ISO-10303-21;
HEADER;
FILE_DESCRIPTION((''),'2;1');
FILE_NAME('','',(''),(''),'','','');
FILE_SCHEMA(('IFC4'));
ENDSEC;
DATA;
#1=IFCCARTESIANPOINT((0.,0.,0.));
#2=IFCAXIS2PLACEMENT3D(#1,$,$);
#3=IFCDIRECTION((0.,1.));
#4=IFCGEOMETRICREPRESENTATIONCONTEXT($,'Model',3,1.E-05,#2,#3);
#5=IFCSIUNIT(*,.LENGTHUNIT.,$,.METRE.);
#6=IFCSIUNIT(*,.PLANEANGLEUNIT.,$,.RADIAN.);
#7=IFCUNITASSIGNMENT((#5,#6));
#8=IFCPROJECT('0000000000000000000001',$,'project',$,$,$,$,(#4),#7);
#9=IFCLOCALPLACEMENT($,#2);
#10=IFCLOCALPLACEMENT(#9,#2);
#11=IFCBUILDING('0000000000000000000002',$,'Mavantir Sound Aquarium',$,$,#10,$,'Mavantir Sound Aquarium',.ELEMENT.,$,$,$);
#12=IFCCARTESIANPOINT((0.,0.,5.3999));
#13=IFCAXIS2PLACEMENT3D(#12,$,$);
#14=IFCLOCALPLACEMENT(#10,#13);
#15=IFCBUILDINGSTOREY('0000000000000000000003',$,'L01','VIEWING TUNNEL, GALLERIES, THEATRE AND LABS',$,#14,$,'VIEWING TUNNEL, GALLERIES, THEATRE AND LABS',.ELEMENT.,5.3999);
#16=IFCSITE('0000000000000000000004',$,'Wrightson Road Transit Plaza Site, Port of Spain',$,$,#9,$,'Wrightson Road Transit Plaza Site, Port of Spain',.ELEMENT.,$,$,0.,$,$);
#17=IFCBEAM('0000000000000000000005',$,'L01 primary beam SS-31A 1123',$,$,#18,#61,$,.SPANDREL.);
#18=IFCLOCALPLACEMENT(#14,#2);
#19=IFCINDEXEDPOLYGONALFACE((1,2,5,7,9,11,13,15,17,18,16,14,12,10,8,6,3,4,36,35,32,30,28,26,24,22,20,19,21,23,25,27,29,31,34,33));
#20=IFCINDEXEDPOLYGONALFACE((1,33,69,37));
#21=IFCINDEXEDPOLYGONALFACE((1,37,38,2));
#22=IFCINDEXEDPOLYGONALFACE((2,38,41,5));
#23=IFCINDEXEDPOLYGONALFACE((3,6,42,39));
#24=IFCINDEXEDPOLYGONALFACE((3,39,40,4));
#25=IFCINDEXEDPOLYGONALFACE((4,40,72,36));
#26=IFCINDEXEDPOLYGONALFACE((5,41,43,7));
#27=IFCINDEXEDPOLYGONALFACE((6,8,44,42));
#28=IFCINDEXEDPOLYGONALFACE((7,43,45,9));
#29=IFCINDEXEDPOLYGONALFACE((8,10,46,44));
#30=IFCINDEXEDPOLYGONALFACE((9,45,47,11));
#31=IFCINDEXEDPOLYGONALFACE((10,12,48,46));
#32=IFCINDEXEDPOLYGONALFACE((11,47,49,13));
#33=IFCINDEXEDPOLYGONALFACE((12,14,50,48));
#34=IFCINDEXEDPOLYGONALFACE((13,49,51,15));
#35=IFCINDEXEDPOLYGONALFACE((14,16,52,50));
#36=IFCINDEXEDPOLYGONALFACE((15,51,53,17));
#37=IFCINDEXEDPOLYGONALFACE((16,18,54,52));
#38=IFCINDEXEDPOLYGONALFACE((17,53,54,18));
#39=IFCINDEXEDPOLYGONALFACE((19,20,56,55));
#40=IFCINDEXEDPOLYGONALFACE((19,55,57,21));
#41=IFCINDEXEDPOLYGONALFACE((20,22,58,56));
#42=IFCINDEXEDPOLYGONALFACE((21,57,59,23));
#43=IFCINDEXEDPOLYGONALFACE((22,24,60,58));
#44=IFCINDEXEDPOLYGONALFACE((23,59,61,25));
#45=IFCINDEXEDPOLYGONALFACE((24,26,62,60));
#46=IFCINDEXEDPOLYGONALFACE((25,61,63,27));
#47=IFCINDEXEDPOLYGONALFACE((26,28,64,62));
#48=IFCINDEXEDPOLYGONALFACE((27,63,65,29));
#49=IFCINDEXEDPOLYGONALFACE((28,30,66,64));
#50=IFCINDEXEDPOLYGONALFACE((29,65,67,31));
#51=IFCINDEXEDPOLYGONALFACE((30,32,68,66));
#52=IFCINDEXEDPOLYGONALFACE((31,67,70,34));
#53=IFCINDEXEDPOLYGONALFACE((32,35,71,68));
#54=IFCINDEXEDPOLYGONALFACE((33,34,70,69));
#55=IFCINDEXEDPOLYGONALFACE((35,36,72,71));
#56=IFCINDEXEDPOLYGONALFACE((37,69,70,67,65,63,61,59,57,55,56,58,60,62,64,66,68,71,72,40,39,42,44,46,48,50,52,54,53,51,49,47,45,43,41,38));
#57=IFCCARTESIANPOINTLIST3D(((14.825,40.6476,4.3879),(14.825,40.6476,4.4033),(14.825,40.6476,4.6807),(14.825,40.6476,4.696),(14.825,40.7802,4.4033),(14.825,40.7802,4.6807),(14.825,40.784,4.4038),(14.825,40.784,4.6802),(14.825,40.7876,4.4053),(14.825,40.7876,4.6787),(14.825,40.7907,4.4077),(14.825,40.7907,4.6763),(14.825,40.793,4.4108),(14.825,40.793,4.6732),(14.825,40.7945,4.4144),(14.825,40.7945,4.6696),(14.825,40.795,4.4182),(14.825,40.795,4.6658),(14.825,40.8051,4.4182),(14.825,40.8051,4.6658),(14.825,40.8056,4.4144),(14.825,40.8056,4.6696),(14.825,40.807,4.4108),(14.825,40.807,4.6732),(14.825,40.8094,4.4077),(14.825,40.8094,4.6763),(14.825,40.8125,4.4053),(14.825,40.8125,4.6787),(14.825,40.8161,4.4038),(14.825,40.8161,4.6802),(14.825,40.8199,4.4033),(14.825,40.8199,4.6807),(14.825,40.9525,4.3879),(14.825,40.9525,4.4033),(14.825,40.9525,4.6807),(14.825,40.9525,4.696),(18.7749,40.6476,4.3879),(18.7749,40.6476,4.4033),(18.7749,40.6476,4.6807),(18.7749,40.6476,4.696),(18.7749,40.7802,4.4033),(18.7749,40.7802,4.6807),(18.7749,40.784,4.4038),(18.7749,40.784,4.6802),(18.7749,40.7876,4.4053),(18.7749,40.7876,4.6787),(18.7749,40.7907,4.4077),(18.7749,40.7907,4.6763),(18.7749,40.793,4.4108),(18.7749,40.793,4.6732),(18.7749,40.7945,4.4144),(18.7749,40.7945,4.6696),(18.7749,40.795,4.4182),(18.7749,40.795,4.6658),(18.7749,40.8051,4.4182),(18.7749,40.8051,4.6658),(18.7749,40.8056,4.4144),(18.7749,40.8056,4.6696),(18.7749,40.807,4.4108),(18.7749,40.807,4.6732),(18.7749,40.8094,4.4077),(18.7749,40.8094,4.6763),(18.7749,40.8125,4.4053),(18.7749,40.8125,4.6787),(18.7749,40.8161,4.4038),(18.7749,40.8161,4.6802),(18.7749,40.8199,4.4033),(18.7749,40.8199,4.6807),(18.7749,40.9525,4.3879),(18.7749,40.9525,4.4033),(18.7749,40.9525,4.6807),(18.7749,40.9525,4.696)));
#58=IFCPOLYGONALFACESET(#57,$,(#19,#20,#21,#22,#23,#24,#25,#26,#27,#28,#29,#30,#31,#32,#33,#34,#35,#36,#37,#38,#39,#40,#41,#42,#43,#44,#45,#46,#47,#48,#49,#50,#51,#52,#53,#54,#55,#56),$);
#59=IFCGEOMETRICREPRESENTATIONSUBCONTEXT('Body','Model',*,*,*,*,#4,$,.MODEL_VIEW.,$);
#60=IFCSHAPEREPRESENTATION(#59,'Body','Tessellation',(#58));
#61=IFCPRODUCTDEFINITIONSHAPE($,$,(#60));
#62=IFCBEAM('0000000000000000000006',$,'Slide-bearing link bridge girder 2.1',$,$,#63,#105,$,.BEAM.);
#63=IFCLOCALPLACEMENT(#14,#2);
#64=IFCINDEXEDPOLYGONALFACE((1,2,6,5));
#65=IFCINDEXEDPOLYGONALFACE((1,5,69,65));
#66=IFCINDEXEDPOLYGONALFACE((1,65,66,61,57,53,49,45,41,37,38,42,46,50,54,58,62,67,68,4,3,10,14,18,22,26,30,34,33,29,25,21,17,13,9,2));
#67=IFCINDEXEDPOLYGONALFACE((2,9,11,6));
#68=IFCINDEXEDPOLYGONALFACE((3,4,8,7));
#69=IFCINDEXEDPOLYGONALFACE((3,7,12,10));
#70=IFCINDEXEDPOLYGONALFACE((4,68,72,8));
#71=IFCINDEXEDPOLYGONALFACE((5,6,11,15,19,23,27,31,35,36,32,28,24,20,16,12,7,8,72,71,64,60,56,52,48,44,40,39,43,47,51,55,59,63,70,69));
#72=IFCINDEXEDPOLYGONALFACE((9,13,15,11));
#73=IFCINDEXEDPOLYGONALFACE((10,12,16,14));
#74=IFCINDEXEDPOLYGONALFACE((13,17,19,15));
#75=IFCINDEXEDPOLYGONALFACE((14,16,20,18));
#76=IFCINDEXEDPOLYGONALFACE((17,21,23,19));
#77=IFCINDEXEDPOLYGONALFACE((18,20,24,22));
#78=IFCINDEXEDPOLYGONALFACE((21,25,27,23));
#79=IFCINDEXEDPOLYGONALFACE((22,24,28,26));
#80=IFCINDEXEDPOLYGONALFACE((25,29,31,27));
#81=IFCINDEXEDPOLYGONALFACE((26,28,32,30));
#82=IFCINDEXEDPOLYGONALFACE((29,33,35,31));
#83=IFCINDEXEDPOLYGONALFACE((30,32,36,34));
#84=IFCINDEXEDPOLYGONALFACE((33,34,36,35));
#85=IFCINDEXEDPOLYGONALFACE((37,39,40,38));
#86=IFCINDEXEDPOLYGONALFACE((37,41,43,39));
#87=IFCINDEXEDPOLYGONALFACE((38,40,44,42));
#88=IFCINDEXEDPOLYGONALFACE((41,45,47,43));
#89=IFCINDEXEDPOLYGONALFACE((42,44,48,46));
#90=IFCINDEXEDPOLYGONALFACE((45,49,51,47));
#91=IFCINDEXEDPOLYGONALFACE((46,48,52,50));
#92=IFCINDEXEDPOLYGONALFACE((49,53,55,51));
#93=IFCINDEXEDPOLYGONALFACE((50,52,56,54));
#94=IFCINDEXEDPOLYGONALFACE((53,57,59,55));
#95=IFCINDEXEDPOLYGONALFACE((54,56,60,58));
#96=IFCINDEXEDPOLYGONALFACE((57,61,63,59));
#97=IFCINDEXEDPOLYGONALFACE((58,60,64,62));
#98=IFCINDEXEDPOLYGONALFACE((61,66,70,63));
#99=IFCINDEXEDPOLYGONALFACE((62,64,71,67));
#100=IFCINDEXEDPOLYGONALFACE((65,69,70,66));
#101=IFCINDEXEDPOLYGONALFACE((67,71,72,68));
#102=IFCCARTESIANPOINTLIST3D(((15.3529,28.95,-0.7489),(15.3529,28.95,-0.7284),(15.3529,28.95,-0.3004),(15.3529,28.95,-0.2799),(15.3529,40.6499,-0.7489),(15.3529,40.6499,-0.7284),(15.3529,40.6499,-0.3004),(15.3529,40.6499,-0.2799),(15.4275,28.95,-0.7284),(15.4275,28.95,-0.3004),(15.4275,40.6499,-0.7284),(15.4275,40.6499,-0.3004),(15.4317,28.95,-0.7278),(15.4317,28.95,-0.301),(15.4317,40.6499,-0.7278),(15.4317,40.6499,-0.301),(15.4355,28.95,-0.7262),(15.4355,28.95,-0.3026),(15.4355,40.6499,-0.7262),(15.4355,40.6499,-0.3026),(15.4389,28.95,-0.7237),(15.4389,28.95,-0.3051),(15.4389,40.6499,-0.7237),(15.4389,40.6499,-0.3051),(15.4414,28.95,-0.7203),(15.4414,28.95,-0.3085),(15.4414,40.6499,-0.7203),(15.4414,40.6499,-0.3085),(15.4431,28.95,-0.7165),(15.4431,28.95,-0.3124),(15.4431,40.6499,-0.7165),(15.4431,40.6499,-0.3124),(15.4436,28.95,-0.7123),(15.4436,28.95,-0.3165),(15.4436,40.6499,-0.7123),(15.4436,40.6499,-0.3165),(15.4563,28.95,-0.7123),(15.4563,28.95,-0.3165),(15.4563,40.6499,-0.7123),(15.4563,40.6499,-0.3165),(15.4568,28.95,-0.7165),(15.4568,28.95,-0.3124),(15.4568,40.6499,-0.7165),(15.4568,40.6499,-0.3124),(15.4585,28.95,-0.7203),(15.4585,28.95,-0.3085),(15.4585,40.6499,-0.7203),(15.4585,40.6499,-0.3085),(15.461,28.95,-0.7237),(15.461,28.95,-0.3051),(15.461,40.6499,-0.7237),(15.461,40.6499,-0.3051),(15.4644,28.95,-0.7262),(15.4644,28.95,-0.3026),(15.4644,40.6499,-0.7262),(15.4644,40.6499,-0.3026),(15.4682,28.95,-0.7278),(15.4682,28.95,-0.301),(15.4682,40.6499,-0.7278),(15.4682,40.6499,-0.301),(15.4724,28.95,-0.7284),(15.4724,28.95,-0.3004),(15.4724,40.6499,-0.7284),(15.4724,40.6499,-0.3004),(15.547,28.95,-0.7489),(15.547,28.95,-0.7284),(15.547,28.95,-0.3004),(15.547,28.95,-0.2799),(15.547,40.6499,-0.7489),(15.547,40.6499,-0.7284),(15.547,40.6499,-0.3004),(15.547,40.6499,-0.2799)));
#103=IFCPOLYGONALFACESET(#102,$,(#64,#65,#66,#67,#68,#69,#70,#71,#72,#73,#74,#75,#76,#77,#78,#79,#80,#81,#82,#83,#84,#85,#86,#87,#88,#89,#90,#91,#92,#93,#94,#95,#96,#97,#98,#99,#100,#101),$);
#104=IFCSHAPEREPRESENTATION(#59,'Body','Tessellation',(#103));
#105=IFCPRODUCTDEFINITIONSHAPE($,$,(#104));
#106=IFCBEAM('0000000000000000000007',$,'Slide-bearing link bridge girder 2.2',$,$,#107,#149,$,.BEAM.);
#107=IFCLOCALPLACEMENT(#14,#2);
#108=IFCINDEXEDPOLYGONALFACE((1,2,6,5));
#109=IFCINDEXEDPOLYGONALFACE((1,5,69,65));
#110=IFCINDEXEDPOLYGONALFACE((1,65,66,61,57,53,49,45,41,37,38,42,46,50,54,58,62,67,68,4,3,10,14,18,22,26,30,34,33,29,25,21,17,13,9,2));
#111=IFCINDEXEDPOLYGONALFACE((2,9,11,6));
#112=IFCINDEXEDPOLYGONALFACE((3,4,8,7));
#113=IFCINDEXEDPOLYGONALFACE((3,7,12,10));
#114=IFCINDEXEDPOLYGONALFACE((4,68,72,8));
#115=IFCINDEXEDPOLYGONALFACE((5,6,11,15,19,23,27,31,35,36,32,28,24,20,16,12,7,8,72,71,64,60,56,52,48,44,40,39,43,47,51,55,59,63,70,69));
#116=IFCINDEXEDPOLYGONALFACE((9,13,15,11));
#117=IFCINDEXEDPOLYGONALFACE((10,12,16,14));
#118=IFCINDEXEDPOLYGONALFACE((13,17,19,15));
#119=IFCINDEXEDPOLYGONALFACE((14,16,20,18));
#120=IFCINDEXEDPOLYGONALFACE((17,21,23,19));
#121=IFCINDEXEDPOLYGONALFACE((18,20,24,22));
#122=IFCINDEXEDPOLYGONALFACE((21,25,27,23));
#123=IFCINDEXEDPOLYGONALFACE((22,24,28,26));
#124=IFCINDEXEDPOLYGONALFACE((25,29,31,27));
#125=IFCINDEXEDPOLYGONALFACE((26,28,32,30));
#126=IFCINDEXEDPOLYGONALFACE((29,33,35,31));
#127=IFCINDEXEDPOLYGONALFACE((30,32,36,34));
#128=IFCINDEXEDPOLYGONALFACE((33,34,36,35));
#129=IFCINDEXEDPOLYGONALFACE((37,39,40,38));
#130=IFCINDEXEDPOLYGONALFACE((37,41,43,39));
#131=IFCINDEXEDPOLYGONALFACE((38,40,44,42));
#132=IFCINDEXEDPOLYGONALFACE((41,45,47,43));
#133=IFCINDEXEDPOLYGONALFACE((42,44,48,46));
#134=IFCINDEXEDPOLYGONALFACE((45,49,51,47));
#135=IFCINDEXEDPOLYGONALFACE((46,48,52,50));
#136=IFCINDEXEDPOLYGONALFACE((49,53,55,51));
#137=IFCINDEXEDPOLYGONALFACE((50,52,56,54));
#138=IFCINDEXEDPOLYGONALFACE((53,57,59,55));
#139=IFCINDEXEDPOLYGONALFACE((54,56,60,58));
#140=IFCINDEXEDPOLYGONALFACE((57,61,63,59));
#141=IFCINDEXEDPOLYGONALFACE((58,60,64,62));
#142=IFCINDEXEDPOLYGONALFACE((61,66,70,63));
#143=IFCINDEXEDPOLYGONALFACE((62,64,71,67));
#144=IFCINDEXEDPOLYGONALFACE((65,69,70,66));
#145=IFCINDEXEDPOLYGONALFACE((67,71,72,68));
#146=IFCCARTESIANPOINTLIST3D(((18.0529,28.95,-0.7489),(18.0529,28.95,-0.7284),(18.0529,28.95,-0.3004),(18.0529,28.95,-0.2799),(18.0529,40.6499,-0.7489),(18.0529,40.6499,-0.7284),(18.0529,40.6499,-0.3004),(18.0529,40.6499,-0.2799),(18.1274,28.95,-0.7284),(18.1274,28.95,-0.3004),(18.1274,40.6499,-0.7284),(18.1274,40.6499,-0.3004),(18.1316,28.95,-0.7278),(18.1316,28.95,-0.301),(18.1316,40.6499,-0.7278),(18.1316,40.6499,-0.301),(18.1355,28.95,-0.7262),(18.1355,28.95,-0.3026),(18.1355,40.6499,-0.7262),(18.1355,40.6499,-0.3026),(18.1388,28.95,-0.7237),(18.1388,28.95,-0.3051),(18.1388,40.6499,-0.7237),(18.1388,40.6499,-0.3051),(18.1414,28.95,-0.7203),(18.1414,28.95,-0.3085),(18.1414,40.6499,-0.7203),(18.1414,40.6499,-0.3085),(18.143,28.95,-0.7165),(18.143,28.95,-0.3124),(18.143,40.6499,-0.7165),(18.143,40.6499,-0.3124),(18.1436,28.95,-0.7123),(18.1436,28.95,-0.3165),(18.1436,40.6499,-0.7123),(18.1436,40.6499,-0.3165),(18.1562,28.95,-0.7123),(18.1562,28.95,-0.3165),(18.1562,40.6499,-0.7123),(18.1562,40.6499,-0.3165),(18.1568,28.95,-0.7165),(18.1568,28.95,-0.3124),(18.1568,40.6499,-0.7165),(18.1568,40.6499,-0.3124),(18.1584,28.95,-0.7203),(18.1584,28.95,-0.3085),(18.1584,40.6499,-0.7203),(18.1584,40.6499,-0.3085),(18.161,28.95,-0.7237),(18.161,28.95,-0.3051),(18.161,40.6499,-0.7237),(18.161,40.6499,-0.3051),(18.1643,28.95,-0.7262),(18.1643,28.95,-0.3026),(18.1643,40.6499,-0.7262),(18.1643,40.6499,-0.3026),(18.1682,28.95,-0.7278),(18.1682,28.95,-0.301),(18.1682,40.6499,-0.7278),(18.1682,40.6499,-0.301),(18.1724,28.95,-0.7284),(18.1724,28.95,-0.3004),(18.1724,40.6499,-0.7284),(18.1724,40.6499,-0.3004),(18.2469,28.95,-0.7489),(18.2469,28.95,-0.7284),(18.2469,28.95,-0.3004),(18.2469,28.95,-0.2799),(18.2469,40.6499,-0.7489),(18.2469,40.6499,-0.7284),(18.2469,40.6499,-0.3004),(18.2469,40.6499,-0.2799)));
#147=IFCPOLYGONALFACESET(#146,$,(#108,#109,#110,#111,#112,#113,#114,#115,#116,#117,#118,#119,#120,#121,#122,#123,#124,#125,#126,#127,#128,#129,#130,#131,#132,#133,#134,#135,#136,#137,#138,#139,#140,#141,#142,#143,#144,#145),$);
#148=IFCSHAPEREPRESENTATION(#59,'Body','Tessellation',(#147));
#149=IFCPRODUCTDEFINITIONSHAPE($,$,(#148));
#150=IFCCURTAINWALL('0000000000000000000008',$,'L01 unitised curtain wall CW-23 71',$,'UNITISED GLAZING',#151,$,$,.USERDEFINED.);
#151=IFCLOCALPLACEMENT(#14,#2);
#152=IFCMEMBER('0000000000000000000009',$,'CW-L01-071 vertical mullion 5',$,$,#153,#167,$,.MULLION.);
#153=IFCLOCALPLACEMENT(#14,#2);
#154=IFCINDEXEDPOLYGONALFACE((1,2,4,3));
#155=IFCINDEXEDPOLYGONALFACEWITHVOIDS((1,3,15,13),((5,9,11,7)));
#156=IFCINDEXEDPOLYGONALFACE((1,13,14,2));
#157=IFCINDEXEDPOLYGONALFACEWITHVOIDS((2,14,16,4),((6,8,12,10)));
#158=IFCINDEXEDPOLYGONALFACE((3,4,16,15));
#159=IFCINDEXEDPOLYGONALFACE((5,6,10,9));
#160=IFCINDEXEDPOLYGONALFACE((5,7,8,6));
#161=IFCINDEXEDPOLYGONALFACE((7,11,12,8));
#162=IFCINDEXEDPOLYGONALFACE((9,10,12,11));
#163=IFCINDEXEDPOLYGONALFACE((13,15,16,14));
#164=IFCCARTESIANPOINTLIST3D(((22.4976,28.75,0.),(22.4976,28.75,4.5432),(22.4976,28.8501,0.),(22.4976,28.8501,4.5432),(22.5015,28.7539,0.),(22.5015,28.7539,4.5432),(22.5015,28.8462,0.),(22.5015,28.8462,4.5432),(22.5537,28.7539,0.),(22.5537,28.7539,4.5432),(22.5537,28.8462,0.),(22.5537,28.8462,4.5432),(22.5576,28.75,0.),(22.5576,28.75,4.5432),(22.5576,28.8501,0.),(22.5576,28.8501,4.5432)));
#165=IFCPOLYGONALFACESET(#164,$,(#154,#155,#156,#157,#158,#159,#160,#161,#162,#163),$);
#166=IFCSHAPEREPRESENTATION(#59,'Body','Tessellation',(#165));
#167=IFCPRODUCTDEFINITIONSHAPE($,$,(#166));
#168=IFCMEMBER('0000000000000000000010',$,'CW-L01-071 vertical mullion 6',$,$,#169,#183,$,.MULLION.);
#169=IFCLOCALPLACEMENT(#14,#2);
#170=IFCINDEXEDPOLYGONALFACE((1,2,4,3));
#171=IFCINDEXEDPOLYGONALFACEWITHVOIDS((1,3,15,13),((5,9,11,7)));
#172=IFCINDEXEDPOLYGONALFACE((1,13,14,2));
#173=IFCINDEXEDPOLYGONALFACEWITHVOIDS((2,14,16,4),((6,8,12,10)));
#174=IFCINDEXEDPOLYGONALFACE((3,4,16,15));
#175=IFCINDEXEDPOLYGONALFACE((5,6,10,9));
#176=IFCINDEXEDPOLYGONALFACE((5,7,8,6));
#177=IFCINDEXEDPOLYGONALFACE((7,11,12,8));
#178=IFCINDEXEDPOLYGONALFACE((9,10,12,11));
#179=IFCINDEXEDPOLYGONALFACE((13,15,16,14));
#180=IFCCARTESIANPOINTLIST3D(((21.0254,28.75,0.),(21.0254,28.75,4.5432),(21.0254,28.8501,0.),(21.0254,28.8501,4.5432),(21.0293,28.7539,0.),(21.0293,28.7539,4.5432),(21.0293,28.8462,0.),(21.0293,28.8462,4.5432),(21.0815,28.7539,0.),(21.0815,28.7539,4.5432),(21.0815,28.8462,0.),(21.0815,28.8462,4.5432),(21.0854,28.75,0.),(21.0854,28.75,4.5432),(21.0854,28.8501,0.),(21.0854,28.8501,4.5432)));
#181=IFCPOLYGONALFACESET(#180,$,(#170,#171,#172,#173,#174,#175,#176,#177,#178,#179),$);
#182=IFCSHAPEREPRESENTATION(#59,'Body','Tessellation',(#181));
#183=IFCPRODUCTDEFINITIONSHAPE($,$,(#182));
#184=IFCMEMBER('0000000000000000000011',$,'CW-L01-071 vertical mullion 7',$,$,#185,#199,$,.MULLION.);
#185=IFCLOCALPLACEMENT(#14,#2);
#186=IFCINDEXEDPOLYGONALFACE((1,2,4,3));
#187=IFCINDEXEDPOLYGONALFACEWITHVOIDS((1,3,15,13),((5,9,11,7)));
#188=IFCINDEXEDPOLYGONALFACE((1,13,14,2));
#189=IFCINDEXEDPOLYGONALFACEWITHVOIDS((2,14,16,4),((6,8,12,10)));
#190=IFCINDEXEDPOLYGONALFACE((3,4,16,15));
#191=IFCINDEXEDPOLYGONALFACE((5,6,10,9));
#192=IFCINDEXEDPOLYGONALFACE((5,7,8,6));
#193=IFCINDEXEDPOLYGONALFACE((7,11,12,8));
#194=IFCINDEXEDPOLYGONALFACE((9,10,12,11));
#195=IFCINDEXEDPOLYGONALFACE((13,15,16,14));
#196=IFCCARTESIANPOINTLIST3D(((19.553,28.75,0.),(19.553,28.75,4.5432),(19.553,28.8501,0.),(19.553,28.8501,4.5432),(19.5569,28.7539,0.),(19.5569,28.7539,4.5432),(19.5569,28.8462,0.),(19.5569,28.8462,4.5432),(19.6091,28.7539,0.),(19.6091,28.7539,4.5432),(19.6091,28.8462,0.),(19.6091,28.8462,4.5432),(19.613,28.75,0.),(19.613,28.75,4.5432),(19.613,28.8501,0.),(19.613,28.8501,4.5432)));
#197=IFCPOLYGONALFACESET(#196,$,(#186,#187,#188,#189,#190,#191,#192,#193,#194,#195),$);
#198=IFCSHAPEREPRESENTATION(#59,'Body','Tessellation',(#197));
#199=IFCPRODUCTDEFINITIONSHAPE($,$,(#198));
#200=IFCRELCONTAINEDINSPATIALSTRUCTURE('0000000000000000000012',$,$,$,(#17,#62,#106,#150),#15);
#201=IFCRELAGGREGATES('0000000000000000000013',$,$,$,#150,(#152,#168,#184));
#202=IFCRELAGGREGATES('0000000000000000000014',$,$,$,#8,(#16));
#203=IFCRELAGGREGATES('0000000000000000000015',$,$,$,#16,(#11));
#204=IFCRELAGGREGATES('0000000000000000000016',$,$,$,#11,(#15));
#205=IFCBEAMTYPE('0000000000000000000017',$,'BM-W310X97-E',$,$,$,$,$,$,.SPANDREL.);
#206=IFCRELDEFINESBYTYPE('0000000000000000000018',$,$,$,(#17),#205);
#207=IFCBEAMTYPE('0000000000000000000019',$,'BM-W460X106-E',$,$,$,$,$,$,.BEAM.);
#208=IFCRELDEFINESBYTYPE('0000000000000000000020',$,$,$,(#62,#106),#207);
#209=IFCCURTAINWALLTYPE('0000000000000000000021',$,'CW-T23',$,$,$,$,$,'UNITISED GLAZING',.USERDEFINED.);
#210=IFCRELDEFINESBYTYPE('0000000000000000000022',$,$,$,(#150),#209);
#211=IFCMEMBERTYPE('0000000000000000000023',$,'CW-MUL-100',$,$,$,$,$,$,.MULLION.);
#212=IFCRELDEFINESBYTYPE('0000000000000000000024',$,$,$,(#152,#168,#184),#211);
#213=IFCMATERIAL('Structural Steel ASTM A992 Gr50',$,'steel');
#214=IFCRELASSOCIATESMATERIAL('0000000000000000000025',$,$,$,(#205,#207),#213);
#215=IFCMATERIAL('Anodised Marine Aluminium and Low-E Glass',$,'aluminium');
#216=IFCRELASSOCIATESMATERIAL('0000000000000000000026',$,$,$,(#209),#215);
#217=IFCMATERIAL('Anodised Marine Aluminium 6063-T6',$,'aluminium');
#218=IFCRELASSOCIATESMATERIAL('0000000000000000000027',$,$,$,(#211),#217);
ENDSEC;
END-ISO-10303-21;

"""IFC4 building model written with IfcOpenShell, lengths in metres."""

from ifc_helpers import new_model, si_unit, direction, frame, origin, origin_2d, place, context, subcontext, project, spatial, hollow_rectangle, i_section, extrude, material, material_profile, profile_set, type_object, element, aggregate, save


model = new_model("IFC4")

# Units and contexts
model_context = context("Model", 3, precision=1e-05, world=origin(), true_north=direction((0.0, 1.0)))
body_context = subcontext(model_context, "Body", "Model", "MODEL_VIEW")
ifc_project = project(units=[si_unit("LENGTHUNIT", "METRE"), si_unit("PLANEANGLEUNIT", "RADIAN")], contexts=[model_context])

# Site, building, storey
site_placement = place(None, origin())
site = spatial("IfcSite", under=ifc_project, at=site_placement, Name="Wrightson Road Transit Plaza Site, Port of Spain", LongName="Wrightson Road Transit Plaza Site, Port of Spain", CompositionType="ELEMENT", RefElevation=0.0)
building_placement = place(site_placement, origin())
building = spatial("IfcBuilding", under=site, at=building_placement, Name="Mavantir Sound Aquarium", LongName="Mavantir Sound Aquarium", CompositionType="ELEMENT")
storey_placement = place(building_placement, frame((0.0, 0.0, 5.3999)))
storey = spatial("IfcBuildingStorey", under=building, at=storey_placement, Name="L01", Description="VIEWING TUNNEL, GALLERIES, THEATRE AND LABS", LongName="VIEWING TUNNEL, GALLERIES, THEATRE AND LABS", CompositionType="ELEMENT", Elevation=5.3999)

# Beams
ifc_material_1 = material(Name="Structural Steel ASTM A992 Gr50", Category="steel")
ifc_material_profile_1 = material_profile(ifc_material_1, i_section(OverallWidth=0.3049, OverallDepth=0.3081, WebThickness=0.01, FlangeThickness=0.0154, FilletRadius=0.0149, at=origin_2d()), Name="W310X97")
ifc_profile_set_1 = profile_set([ifc_material_profile_1], Name="Structural Steel ASTM A992 Gr50")
beam_type_1 = type_object("IfcBeamType", Name="BM-W310X97-E", PredefinedType="SPANDREL", material=ifc_profile_set_1)
beam_1_placement = place(storey_placement, frame((14.825, 40.8, 4.542), z_axis=(1.0, 0.0, 0.0), x_axis=(0.0, 1.0, 0.0)))
element("IfcBeam", 1, at=beam_1_placement, inside=storey, type_object=beam_type_1, Name="L01 primary beam SS-31A 1123", PredefinedType="SPANDREL", context=body_context, shape_type="SweptSolid", body=[
    extrude(i_section(OverallWidth=0.3049, OverallDepth=0.3081, WebThickness=0.01, FlangeThickness=0.0154, FilletRadius=0.0149, at=origin_2d()), origin(), (0.0, 0.0, 1.0), 3.95),
])
ifc_material_profile_2 = material_profile(ifc_material_1, i_section(OverallWidth=0.1941, OverallDepth=0.469, WebThickness=0.0127, FlangeThickness=0.0205, FilletRadius=0.0161, at=origin_2d()), Name="W460X106")
ifc_profile_set_2 = profile_set([ifc_material_profile_2], Name="Structural Steel ASTM A992 Gr50")
beam_type_2 = type_object("IfcBeamType", Name="BM-W460X106-E", PredefinedType="BEAM", material=ifc_profile_set_2)
for number, where, z_axis, x_axis, name in (
    (2, (15.45, 28.95, -0.5144), (0.0, 1.0, 0.0), (-1.0, 0.0, 0.0), "Slide-bearing link bridge girder 2.1"),
    (3, (18.1499, 28.95, -0.5144), (0.0, 1.0, 0.0), (-1.0, 0.0, 0.0), "Slide-bearing link bridge girder 2.2"),
):
    element("IfcBeam", number, at=place(storey_placement, frame(where, z_axis=z_axis, x_axis=x_axis)), inside=storey, type_object=beam_type_2, Name=name, PredefinedType="BEAM", context=body_context, shape_type="SweptSolid", body=[
        extrude(i_section(OverallWidth=0.1941, OverallDepth=0.469, WebThickness=0.0127, FlangeThickness=0.0205, FilletRadius=0.0161, at=origin_2d()), origin(), (0.0, 0.0, 1.0), 11.7),
    ])

# Curtain wall, members
ifc_material_2 = material(Name="Anodised Marine Aluminium and Low-E Glass", Category="aluminium")
curtain_wall_type_1 = type_object("IfcCurtainWallType", Name="CW-T23", ElementType="UNITISED GLAZING", PredefinedType="USERDEFINED", material=ifc_material_2)
curtain_wall_1_placement = place(storey_placement, origin())
curtain_wall_1 = element("IfcCurtainWall", 4, at=curtain_wall_1_placement, inside=storey, type_object=curtain_wall_type_1, Name="L01 unitised curtain wall CW-23 71", ObjectType="UNITISED GLAZING", PredefinedType="USERDEFINED")
ifc_material_3 = material(Name="Anodised Marine Aluminium 6063-T6", Category="aluminium")
ifc_material_profile_3 = material_profile(ifc_material_3, hollow_rectangle(XDim=0.0601, YDim=0.1001, WallThickness=0.0039, at=origin_2d()), Name="ALU-MULLION-100X60")
ifc_profile_set_3 = profile_set([ifc_material_profile_3], Name="Anodised Marine Aluminium 6063-T6")
member_type_1 = type_object("IfcMemberType", Name="CW-MUL-100", PredefinedType="MULLION", material=ifc_profile_set_3)
member_1_placement = place(storey_placement, frame((22.5276, 28.8, 0.0), z_axis=(0.0, 0.0, 1.0), x_axis=(1.0, 0.0, 0.0)))
member_1 = element("IfcMember", 5, at=member_1_placement, type_object=member_type_1, Name="CW-L01-071 vertical mullion 5", PredefinedType="MULLION", context=body_context, shape_type="SweptSolid", body=[
    extrude(hollow_rectangle(XDim=0.0601, YDim=0.1001, WallThickness=0.0039, at=origin_2d()), origin(), (0.0, 0.0, 1.0), 4.5432),
])
member_2_placement = place(storey_placement, frame((21.0554, 28.8, 0.0), z_axis=(0.0, 0.0, 1.0), x_axis=(1.0, 0.0, 0.0)))
member_2 = element("IfcMember", 6, at=member_2_placement, type_object=member_type_1, Name="CW-L01-071 vertical mullion 6", PredefinedType="MULLION", context=body_context, shape_type="SweptSolid", body=[
    extrude(hollow_rectangle(XDim=0.0601, YDim=0.1001, WallThickness=0.0039, at=origin_2d()), origin(), (0.0, 0.0, 1.0), 4.5432),
])
member_3_placement = place(storey_placement, frame((19.583, 28.8, 0.0), z_axis=(0.0, 0.0, 1.0), x_axis=(1.0, 0.0, 0.0)))
member_3 = element("IfcMember", 7, at=member_3_placement, type_object=member_type_1, Name="CW-L01-071 vertical mullion 7", PredefinedType="MULLION", context=body_context, shape_type="SweptSolid", body=[
    extrude(hollow_rectangle(XDim=0.0601, YDim=0.1001, WallThickness=0.0039, at=origin_2d()), origin(), (0.0, 0.0, 1.0), 4.5432),
])

aggregate(curtain_wall_1, [member_1, member_2, member_3])

save(model, "model.ifc")
